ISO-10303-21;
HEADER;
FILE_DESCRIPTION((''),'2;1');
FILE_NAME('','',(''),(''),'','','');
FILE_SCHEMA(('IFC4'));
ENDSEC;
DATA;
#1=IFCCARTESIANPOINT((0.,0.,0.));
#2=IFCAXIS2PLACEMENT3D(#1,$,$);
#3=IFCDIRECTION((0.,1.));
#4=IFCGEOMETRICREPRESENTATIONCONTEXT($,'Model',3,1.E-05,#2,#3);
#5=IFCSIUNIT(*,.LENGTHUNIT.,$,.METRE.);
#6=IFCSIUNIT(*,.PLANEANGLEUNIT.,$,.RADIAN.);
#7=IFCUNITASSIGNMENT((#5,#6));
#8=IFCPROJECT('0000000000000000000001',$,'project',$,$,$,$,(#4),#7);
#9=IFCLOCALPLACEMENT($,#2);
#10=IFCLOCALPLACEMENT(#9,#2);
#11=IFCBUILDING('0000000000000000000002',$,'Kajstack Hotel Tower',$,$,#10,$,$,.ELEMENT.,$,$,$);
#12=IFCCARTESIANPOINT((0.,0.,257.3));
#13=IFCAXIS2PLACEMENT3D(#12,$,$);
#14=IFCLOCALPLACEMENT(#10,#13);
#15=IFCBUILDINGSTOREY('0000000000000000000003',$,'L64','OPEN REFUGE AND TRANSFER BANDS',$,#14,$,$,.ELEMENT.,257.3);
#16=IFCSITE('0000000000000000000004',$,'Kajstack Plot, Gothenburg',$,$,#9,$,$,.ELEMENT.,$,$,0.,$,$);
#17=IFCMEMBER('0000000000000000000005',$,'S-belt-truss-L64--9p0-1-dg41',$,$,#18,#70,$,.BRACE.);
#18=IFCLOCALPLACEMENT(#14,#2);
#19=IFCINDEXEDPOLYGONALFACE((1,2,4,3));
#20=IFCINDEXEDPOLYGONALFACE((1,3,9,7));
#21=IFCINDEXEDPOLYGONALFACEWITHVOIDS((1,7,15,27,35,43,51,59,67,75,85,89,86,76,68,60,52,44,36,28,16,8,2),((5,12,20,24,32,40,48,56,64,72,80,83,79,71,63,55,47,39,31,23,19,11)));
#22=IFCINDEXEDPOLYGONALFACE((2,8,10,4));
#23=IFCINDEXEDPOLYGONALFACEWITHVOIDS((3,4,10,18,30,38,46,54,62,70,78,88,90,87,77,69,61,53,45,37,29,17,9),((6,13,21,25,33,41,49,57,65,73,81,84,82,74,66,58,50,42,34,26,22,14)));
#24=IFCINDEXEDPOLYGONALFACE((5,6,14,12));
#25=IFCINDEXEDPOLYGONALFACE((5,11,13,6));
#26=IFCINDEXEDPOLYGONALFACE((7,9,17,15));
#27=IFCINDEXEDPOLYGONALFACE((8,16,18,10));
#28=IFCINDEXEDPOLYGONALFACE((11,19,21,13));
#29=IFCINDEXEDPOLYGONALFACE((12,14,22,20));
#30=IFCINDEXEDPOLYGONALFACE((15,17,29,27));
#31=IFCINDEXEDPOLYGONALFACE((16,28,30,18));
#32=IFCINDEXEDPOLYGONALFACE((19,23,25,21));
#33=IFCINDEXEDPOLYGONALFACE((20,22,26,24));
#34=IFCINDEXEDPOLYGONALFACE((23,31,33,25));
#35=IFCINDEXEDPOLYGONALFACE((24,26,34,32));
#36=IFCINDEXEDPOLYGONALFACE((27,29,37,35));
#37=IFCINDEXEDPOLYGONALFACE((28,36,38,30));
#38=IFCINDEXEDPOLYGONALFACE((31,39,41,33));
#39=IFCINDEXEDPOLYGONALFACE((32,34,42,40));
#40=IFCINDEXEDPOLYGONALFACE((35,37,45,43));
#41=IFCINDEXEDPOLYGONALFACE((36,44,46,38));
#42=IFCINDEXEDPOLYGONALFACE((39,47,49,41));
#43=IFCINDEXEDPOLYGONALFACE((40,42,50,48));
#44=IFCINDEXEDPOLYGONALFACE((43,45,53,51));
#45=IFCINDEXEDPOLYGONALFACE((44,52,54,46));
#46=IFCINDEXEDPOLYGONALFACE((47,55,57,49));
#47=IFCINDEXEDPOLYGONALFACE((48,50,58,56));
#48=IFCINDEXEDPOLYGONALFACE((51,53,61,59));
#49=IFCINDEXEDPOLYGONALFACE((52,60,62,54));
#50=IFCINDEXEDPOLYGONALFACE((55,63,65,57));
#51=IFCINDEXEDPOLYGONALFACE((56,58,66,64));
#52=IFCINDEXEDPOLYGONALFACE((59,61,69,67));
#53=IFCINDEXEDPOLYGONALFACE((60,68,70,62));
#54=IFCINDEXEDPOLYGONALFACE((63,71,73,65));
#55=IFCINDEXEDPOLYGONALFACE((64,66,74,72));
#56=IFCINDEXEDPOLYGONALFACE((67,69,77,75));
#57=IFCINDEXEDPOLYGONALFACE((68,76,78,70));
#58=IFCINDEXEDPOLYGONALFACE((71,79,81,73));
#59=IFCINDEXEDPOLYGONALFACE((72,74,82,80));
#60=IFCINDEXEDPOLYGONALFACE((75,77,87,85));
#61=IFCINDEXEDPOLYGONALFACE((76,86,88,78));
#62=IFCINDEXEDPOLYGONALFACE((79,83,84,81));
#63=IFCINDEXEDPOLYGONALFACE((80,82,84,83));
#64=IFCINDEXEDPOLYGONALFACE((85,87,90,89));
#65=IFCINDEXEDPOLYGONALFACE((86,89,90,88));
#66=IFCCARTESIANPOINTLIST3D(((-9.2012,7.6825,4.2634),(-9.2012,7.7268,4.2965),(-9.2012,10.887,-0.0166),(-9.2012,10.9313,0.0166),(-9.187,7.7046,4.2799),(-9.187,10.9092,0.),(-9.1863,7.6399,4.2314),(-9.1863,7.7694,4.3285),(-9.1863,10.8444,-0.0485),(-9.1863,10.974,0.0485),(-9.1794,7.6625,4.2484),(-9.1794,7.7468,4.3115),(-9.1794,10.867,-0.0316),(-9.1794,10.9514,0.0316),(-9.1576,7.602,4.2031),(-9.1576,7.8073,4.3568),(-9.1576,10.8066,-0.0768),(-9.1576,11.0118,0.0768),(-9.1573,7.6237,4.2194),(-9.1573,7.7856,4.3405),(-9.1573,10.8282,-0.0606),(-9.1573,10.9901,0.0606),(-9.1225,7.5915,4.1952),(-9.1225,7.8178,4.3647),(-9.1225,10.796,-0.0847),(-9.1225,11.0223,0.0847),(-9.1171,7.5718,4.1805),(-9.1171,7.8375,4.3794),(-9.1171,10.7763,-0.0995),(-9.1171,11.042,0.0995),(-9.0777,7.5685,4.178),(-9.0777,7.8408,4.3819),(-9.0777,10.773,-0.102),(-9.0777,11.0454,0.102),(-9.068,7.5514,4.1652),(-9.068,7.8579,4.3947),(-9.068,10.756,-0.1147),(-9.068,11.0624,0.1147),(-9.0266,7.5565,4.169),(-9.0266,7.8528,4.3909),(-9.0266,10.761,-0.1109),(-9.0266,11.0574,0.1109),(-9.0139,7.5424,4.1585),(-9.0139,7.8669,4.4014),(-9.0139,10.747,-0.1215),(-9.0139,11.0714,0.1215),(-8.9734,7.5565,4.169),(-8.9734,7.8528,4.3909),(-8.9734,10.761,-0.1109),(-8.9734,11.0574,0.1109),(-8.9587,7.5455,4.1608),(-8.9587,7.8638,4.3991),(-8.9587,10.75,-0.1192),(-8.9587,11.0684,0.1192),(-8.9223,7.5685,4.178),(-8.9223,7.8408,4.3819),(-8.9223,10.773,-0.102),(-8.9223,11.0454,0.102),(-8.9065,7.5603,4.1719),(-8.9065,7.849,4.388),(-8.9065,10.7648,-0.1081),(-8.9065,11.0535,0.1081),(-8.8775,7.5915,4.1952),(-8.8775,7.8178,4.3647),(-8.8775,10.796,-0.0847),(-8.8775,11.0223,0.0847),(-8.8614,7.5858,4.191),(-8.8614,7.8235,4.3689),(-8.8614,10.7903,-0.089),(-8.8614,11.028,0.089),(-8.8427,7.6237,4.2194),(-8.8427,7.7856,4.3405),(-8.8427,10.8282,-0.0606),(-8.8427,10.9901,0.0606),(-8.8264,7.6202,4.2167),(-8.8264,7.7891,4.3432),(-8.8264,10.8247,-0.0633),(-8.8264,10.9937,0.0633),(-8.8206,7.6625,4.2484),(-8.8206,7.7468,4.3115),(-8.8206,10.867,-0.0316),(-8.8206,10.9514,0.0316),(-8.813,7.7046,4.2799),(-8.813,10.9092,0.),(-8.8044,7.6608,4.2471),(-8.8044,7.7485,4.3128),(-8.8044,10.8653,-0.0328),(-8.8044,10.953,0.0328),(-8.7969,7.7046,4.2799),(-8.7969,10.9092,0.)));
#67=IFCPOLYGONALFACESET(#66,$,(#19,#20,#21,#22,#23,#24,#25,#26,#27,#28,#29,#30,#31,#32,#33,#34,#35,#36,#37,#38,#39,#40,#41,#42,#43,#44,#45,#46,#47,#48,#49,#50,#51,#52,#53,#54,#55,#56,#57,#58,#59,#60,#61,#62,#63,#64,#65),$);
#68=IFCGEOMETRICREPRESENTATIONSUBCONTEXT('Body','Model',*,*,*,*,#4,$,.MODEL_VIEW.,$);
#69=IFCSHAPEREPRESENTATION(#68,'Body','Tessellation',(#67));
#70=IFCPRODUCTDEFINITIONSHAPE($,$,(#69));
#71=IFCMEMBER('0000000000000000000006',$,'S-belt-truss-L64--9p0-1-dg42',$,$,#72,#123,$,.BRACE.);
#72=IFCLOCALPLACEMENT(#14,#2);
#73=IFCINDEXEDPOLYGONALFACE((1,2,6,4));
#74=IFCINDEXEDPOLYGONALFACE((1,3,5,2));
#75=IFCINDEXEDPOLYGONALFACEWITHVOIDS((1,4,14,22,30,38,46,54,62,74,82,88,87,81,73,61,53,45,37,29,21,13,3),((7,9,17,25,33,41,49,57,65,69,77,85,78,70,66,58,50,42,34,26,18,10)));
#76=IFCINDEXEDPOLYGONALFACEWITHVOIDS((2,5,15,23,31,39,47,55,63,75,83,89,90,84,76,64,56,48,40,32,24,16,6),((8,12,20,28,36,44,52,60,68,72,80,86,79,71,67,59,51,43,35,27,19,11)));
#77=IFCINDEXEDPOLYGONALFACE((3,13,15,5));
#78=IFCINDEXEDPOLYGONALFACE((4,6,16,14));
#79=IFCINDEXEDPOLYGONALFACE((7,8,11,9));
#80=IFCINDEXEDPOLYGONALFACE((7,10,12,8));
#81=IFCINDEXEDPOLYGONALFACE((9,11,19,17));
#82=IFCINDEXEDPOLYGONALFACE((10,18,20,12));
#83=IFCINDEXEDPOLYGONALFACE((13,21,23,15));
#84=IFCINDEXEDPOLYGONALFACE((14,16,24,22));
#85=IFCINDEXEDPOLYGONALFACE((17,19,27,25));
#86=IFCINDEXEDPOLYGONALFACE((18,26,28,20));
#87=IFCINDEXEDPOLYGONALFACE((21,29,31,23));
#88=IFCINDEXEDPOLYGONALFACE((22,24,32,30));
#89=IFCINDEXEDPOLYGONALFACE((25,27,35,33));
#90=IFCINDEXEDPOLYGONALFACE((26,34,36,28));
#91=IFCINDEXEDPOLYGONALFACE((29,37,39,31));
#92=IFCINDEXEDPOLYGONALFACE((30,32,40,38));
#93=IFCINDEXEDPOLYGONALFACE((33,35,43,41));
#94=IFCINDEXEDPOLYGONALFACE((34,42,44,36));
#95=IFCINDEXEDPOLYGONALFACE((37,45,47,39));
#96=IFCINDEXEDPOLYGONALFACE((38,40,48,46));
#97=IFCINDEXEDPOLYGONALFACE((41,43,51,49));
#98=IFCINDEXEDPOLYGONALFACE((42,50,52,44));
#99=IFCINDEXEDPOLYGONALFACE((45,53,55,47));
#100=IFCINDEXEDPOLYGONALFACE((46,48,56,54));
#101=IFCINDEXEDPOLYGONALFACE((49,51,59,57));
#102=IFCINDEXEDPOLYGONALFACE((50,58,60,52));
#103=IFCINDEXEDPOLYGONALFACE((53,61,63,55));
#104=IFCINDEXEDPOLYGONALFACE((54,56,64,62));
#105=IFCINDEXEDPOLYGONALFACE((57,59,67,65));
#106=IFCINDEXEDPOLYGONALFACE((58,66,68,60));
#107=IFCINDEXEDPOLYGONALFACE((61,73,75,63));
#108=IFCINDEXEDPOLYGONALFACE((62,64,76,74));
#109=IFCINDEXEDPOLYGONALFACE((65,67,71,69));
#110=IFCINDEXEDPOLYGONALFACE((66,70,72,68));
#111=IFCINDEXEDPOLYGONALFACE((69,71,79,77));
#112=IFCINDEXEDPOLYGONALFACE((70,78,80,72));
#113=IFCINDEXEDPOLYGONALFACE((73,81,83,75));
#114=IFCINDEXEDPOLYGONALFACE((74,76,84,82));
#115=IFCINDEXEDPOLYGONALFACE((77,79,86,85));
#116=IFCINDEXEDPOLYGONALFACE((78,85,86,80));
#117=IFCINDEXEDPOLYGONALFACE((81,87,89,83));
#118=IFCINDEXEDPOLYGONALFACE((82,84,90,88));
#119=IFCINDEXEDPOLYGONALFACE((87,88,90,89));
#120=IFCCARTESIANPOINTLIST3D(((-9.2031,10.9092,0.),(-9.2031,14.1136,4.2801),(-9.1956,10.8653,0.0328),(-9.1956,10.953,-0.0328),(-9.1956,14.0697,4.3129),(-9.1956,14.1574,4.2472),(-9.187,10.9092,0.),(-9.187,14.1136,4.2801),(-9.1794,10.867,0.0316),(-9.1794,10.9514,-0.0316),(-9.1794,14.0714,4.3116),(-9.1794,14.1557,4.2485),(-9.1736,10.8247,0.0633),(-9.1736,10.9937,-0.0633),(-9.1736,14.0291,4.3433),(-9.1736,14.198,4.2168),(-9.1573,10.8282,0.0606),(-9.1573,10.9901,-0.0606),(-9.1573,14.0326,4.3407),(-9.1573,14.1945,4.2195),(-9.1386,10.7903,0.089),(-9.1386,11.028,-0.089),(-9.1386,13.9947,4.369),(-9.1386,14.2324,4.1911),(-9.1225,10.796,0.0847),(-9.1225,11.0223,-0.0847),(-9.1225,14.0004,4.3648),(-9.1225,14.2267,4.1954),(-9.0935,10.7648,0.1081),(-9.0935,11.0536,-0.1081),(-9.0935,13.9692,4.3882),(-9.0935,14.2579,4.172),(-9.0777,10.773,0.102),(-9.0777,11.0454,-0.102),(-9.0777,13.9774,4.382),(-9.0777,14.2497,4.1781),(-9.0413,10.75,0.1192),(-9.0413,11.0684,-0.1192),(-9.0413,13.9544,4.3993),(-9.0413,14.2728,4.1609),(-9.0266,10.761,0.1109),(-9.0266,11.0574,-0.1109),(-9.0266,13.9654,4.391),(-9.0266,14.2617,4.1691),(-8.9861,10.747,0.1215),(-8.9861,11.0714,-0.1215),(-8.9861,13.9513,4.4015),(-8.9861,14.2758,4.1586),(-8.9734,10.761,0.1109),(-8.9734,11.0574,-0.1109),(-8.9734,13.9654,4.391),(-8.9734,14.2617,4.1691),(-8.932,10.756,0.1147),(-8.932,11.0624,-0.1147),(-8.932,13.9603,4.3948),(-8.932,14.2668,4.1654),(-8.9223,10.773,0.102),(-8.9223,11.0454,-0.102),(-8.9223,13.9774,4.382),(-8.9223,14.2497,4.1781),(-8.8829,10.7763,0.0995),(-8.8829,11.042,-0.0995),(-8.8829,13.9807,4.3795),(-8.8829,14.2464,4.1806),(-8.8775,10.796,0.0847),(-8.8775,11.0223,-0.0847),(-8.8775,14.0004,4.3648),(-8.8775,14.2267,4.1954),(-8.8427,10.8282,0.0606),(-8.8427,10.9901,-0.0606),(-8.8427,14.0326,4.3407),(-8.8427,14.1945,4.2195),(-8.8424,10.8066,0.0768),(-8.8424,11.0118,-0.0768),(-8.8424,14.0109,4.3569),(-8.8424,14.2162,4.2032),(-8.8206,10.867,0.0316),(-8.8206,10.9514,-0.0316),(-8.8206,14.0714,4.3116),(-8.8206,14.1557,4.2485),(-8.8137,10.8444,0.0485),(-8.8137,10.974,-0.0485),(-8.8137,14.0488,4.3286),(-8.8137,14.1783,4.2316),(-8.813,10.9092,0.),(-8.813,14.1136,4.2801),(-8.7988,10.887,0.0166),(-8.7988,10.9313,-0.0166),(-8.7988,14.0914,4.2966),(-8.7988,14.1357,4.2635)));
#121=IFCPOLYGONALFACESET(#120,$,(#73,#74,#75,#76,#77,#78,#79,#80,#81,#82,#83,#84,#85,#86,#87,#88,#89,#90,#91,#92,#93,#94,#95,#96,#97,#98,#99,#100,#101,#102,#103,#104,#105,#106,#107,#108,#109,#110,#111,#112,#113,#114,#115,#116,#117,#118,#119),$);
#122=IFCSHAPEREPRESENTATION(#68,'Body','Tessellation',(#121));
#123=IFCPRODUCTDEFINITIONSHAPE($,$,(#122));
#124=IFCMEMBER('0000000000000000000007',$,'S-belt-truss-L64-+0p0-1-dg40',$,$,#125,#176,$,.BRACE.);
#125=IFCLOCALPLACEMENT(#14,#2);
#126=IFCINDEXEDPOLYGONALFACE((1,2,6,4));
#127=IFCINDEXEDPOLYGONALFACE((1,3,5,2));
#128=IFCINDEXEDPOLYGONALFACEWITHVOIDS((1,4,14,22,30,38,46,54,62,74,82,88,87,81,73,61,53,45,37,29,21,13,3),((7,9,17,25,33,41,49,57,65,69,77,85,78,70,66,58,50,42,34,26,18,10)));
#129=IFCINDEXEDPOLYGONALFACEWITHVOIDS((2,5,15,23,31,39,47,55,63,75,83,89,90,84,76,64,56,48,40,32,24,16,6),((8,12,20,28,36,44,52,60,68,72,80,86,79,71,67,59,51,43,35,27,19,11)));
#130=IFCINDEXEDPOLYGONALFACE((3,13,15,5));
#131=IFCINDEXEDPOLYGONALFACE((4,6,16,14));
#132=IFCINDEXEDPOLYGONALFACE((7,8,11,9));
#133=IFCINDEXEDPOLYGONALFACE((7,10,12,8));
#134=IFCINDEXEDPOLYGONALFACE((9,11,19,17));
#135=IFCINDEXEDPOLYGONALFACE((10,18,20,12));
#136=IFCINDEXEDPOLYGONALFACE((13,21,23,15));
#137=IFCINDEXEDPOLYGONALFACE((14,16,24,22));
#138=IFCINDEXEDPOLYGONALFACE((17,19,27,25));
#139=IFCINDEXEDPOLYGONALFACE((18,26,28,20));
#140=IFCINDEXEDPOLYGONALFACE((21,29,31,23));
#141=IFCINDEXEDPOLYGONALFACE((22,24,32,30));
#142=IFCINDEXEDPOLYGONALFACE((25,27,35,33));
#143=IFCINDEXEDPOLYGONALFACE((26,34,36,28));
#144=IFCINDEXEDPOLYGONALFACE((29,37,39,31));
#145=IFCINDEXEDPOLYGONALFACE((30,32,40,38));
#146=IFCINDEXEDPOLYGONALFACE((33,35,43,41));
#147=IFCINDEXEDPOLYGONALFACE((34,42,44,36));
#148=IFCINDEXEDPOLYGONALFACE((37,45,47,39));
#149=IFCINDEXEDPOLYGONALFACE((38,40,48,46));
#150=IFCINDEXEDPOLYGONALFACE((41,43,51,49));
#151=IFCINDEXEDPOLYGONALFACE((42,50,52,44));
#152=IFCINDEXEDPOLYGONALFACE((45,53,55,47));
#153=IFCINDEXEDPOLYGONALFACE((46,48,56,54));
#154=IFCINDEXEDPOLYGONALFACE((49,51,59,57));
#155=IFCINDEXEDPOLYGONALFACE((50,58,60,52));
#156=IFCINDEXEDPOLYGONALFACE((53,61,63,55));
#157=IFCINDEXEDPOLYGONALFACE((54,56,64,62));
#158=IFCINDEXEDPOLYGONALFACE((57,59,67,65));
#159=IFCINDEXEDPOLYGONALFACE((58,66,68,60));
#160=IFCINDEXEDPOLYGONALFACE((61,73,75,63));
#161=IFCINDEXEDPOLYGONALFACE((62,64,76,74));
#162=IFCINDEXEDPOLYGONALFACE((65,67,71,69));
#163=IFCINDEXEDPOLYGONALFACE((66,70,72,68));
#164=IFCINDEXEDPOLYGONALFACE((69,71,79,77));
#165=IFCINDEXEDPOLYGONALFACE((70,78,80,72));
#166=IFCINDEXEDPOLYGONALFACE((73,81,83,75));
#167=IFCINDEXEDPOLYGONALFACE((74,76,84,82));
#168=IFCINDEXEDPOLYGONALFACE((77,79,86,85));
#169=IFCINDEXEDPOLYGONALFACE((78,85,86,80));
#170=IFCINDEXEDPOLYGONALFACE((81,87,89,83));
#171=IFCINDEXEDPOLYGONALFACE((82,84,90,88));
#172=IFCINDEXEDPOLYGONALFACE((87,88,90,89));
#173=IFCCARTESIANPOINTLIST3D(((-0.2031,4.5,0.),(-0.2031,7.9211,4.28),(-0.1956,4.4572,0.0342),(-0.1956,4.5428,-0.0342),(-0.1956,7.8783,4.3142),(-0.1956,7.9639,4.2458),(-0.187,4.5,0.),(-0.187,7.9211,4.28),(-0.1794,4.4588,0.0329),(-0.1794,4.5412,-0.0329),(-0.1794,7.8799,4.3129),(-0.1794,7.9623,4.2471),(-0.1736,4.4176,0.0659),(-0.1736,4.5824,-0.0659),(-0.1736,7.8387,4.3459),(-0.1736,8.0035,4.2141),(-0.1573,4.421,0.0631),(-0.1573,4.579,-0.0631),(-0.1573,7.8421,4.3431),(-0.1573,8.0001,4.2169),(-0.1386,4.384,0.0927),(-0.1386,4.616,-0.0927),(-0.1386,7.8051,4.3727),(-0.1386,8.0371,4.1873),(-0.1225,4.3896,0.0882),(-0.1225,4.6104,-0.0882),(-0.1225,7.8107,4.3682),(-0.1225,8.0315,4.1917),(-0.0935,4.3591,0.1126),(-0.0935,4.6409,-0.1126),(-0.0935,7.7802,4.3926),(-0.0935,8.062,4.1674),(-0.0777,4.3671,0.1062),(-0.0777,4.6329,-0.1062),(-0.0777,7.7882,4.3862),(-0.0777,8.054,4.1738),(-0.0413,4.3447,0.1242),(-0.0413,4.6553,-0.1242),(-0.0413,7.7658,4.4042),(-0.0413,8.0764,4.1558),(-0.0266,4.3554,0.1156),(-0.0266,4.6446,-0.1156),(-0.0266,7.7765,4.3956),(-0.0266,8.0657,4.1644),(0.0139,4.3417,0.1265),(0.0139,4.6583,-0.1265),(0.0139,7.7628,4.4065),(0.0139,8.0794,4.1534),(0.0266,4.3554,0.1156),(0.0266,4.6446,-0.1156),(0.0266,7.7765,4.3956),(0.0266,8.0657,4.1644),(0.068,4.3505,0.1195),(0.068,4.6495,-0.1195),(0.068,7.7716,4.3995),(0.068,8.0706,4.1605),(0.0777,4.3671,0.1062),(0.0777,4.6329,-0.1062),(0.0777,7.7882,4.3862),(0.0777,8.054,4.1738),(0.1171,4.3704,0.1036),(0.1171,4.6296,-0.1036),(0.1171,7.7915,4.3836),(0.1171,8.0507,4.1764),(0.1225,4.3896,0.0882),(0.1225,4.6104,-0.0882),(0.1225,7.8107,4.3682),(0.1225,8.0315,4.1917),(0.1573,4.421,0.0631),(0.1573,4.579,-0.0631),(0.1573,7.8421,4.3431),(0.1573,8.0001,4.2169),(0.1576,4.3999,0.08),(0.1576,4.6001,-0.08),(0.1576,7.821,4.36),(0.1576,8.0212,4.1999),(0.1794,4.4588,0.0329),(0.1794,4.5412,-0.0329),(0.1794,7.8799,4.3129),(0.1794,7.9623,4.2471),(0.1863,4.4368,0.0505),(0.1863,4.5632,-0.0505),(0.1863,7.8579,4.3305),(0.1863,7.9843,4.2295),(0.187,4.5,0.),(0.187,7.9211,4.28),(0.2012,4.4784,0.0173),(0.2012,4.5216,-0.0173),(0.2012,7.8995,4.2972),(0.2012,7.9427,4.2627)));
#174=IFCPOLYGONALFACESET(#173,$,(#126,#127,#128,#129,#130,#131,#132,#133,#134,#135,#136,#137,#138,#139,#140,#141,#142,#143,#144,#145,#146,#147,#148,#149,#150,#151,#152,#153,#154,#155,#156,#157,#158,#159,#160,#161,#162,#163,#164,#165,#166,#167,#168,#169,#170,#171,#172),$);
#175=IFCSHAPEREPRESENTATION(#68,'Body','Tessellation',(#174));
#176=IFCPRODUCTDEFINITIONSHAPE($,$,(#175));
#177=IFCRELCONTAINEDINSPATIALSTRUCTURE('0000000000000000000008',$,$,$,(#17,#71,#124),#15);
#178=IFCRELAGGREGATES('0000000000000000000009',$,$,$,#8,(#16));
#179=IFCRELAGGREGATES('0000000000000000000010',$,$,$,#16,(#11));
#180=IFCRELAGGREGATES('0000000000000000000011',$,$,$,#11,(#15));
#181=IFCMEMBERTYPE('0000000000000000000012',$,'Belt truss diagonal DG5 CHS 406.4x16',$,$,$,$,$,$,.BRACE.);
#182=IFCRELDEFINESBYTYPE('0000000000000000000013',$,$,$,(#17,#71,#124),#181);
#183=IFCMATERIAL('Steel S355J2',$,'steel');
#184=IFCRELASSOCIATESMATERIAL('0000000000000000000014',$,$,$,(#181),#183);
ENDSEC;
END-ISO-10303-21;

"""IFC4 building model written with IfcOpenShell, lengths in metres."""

from ifc_helpers import new_model, si_unit, direction, frame, origin, origin_2d, place, context, subcontext, project, spatial, hollow_circle, extrude, material, material_profile, profile_set, type_object, element, save


model = new_model("IFC4")

# Units and contexts
model_context = context("Model", 3, precision=1e-05, world=origin(), true_north=direction((0.0, 1.0)))
body_context = subcontext(model_context, "Body", "Model", "MODEL_VIEW")
ifc_project = project(units=[si_unit("LENGTHUNIT", "METRE"), si_unit("PLANEANGLEUNIT", "RADIAN")], contexts=[model_context])

# Site, building, storey
site_placement = place(None, origin())
site = spatial("IfcSite", under=ifc_project, at=site_placement, Name="Kajstack Plot, Gothenburg", CompositionType="ELEMENT", RefElevation=0.0)
building_placement = place(site_placement, origin())
building = spatial("IfcBuilding", under=site, at=building_placement, Name="Kajstack Hotel Tower", CompositionType="ELEMENT")
storey_placement = place(building_placement, frame((0.0, 0.0, 257.3)))
storey = spatial("IfcBuildingStorey", under=building, at=storey_placement, Name="L64", Description="OPEN REFUGE AND TRANSFER BANDS", CompositionType="ELEMENT", Elevation=257.3)

# Members
ifc_material_1 = material(Name="Steel S355J2", Category="steel")
ifc_material_profile_1 = material_profile(ifc_material_1, hollow_circle(Radius=0.2031, WallThickness=0.0161, at=origin_2d()), Name="CHS 406.4x16")
ifc_profile_set_1 = profile_set([ifc_material_profile_1], Name="Steel S355J2")
member_type_1 = type_object("IfcMemberType", Name="Belt truss diagonal DG5 CHS 406.4x16", PredefinedType="BRACE", material=ifc_profile_set_1)
for number, where, z_axis, x_axis, name in (
    (1, (-9.0, 10.9092, 0.0), (0.0, -0.59935, 0.800487), (1.0, 0.0, 0.0), "S-belt-truss-L64--9p0-1-dg41"),
    (2, (-9.0, 10.9092, 0.0), (0.0, 0.59932, 0.800509), (-1.0, 0.0, 0.0), "S-belt-truss-L64--9p0-1-dg42"),
):
    element("IfcMember", number, at=place(storey_placement, frame(where, z_axis=z_axis, x_axis=x_axis)), inside=storey, type_object=member_type_1, Name=name, PredefinedType="BRACE", context=body_context, shape_type="SweptSolid", body=[
        extrude(hollow_circle(Radius=0.2031, WallThickness=0.0161, at=origin_2d()), origin(), (0.0, 0.0, 1.0), 5.3467),
    ])
for number, where, z_axis, x_axis, name in (
    (3, (0.0, 4.5, 0.0), (0.0, 0.624374, 0.781125), (-1.0, 0.0, 0.0), "S-belt-truss-L64-+0p0-1-dg40"),
):
    element("IfcMember", number, at=place(storey_placement, frame(where, z_axis=z_axis, x_axis=x_axis)), inside=storey, type_object=member_type_1, Name=name, PredefinedType="BRACE", context=body_context, shape_type="SweptSolid", body=[
        extrude(hollow_circle(Radius=0.2031, WallThickness=0.0161, at=origin_2d()), origin(), (0.0, 0.0, 1.0), 5.4792),
    ])

save(model, "model.ifc")
